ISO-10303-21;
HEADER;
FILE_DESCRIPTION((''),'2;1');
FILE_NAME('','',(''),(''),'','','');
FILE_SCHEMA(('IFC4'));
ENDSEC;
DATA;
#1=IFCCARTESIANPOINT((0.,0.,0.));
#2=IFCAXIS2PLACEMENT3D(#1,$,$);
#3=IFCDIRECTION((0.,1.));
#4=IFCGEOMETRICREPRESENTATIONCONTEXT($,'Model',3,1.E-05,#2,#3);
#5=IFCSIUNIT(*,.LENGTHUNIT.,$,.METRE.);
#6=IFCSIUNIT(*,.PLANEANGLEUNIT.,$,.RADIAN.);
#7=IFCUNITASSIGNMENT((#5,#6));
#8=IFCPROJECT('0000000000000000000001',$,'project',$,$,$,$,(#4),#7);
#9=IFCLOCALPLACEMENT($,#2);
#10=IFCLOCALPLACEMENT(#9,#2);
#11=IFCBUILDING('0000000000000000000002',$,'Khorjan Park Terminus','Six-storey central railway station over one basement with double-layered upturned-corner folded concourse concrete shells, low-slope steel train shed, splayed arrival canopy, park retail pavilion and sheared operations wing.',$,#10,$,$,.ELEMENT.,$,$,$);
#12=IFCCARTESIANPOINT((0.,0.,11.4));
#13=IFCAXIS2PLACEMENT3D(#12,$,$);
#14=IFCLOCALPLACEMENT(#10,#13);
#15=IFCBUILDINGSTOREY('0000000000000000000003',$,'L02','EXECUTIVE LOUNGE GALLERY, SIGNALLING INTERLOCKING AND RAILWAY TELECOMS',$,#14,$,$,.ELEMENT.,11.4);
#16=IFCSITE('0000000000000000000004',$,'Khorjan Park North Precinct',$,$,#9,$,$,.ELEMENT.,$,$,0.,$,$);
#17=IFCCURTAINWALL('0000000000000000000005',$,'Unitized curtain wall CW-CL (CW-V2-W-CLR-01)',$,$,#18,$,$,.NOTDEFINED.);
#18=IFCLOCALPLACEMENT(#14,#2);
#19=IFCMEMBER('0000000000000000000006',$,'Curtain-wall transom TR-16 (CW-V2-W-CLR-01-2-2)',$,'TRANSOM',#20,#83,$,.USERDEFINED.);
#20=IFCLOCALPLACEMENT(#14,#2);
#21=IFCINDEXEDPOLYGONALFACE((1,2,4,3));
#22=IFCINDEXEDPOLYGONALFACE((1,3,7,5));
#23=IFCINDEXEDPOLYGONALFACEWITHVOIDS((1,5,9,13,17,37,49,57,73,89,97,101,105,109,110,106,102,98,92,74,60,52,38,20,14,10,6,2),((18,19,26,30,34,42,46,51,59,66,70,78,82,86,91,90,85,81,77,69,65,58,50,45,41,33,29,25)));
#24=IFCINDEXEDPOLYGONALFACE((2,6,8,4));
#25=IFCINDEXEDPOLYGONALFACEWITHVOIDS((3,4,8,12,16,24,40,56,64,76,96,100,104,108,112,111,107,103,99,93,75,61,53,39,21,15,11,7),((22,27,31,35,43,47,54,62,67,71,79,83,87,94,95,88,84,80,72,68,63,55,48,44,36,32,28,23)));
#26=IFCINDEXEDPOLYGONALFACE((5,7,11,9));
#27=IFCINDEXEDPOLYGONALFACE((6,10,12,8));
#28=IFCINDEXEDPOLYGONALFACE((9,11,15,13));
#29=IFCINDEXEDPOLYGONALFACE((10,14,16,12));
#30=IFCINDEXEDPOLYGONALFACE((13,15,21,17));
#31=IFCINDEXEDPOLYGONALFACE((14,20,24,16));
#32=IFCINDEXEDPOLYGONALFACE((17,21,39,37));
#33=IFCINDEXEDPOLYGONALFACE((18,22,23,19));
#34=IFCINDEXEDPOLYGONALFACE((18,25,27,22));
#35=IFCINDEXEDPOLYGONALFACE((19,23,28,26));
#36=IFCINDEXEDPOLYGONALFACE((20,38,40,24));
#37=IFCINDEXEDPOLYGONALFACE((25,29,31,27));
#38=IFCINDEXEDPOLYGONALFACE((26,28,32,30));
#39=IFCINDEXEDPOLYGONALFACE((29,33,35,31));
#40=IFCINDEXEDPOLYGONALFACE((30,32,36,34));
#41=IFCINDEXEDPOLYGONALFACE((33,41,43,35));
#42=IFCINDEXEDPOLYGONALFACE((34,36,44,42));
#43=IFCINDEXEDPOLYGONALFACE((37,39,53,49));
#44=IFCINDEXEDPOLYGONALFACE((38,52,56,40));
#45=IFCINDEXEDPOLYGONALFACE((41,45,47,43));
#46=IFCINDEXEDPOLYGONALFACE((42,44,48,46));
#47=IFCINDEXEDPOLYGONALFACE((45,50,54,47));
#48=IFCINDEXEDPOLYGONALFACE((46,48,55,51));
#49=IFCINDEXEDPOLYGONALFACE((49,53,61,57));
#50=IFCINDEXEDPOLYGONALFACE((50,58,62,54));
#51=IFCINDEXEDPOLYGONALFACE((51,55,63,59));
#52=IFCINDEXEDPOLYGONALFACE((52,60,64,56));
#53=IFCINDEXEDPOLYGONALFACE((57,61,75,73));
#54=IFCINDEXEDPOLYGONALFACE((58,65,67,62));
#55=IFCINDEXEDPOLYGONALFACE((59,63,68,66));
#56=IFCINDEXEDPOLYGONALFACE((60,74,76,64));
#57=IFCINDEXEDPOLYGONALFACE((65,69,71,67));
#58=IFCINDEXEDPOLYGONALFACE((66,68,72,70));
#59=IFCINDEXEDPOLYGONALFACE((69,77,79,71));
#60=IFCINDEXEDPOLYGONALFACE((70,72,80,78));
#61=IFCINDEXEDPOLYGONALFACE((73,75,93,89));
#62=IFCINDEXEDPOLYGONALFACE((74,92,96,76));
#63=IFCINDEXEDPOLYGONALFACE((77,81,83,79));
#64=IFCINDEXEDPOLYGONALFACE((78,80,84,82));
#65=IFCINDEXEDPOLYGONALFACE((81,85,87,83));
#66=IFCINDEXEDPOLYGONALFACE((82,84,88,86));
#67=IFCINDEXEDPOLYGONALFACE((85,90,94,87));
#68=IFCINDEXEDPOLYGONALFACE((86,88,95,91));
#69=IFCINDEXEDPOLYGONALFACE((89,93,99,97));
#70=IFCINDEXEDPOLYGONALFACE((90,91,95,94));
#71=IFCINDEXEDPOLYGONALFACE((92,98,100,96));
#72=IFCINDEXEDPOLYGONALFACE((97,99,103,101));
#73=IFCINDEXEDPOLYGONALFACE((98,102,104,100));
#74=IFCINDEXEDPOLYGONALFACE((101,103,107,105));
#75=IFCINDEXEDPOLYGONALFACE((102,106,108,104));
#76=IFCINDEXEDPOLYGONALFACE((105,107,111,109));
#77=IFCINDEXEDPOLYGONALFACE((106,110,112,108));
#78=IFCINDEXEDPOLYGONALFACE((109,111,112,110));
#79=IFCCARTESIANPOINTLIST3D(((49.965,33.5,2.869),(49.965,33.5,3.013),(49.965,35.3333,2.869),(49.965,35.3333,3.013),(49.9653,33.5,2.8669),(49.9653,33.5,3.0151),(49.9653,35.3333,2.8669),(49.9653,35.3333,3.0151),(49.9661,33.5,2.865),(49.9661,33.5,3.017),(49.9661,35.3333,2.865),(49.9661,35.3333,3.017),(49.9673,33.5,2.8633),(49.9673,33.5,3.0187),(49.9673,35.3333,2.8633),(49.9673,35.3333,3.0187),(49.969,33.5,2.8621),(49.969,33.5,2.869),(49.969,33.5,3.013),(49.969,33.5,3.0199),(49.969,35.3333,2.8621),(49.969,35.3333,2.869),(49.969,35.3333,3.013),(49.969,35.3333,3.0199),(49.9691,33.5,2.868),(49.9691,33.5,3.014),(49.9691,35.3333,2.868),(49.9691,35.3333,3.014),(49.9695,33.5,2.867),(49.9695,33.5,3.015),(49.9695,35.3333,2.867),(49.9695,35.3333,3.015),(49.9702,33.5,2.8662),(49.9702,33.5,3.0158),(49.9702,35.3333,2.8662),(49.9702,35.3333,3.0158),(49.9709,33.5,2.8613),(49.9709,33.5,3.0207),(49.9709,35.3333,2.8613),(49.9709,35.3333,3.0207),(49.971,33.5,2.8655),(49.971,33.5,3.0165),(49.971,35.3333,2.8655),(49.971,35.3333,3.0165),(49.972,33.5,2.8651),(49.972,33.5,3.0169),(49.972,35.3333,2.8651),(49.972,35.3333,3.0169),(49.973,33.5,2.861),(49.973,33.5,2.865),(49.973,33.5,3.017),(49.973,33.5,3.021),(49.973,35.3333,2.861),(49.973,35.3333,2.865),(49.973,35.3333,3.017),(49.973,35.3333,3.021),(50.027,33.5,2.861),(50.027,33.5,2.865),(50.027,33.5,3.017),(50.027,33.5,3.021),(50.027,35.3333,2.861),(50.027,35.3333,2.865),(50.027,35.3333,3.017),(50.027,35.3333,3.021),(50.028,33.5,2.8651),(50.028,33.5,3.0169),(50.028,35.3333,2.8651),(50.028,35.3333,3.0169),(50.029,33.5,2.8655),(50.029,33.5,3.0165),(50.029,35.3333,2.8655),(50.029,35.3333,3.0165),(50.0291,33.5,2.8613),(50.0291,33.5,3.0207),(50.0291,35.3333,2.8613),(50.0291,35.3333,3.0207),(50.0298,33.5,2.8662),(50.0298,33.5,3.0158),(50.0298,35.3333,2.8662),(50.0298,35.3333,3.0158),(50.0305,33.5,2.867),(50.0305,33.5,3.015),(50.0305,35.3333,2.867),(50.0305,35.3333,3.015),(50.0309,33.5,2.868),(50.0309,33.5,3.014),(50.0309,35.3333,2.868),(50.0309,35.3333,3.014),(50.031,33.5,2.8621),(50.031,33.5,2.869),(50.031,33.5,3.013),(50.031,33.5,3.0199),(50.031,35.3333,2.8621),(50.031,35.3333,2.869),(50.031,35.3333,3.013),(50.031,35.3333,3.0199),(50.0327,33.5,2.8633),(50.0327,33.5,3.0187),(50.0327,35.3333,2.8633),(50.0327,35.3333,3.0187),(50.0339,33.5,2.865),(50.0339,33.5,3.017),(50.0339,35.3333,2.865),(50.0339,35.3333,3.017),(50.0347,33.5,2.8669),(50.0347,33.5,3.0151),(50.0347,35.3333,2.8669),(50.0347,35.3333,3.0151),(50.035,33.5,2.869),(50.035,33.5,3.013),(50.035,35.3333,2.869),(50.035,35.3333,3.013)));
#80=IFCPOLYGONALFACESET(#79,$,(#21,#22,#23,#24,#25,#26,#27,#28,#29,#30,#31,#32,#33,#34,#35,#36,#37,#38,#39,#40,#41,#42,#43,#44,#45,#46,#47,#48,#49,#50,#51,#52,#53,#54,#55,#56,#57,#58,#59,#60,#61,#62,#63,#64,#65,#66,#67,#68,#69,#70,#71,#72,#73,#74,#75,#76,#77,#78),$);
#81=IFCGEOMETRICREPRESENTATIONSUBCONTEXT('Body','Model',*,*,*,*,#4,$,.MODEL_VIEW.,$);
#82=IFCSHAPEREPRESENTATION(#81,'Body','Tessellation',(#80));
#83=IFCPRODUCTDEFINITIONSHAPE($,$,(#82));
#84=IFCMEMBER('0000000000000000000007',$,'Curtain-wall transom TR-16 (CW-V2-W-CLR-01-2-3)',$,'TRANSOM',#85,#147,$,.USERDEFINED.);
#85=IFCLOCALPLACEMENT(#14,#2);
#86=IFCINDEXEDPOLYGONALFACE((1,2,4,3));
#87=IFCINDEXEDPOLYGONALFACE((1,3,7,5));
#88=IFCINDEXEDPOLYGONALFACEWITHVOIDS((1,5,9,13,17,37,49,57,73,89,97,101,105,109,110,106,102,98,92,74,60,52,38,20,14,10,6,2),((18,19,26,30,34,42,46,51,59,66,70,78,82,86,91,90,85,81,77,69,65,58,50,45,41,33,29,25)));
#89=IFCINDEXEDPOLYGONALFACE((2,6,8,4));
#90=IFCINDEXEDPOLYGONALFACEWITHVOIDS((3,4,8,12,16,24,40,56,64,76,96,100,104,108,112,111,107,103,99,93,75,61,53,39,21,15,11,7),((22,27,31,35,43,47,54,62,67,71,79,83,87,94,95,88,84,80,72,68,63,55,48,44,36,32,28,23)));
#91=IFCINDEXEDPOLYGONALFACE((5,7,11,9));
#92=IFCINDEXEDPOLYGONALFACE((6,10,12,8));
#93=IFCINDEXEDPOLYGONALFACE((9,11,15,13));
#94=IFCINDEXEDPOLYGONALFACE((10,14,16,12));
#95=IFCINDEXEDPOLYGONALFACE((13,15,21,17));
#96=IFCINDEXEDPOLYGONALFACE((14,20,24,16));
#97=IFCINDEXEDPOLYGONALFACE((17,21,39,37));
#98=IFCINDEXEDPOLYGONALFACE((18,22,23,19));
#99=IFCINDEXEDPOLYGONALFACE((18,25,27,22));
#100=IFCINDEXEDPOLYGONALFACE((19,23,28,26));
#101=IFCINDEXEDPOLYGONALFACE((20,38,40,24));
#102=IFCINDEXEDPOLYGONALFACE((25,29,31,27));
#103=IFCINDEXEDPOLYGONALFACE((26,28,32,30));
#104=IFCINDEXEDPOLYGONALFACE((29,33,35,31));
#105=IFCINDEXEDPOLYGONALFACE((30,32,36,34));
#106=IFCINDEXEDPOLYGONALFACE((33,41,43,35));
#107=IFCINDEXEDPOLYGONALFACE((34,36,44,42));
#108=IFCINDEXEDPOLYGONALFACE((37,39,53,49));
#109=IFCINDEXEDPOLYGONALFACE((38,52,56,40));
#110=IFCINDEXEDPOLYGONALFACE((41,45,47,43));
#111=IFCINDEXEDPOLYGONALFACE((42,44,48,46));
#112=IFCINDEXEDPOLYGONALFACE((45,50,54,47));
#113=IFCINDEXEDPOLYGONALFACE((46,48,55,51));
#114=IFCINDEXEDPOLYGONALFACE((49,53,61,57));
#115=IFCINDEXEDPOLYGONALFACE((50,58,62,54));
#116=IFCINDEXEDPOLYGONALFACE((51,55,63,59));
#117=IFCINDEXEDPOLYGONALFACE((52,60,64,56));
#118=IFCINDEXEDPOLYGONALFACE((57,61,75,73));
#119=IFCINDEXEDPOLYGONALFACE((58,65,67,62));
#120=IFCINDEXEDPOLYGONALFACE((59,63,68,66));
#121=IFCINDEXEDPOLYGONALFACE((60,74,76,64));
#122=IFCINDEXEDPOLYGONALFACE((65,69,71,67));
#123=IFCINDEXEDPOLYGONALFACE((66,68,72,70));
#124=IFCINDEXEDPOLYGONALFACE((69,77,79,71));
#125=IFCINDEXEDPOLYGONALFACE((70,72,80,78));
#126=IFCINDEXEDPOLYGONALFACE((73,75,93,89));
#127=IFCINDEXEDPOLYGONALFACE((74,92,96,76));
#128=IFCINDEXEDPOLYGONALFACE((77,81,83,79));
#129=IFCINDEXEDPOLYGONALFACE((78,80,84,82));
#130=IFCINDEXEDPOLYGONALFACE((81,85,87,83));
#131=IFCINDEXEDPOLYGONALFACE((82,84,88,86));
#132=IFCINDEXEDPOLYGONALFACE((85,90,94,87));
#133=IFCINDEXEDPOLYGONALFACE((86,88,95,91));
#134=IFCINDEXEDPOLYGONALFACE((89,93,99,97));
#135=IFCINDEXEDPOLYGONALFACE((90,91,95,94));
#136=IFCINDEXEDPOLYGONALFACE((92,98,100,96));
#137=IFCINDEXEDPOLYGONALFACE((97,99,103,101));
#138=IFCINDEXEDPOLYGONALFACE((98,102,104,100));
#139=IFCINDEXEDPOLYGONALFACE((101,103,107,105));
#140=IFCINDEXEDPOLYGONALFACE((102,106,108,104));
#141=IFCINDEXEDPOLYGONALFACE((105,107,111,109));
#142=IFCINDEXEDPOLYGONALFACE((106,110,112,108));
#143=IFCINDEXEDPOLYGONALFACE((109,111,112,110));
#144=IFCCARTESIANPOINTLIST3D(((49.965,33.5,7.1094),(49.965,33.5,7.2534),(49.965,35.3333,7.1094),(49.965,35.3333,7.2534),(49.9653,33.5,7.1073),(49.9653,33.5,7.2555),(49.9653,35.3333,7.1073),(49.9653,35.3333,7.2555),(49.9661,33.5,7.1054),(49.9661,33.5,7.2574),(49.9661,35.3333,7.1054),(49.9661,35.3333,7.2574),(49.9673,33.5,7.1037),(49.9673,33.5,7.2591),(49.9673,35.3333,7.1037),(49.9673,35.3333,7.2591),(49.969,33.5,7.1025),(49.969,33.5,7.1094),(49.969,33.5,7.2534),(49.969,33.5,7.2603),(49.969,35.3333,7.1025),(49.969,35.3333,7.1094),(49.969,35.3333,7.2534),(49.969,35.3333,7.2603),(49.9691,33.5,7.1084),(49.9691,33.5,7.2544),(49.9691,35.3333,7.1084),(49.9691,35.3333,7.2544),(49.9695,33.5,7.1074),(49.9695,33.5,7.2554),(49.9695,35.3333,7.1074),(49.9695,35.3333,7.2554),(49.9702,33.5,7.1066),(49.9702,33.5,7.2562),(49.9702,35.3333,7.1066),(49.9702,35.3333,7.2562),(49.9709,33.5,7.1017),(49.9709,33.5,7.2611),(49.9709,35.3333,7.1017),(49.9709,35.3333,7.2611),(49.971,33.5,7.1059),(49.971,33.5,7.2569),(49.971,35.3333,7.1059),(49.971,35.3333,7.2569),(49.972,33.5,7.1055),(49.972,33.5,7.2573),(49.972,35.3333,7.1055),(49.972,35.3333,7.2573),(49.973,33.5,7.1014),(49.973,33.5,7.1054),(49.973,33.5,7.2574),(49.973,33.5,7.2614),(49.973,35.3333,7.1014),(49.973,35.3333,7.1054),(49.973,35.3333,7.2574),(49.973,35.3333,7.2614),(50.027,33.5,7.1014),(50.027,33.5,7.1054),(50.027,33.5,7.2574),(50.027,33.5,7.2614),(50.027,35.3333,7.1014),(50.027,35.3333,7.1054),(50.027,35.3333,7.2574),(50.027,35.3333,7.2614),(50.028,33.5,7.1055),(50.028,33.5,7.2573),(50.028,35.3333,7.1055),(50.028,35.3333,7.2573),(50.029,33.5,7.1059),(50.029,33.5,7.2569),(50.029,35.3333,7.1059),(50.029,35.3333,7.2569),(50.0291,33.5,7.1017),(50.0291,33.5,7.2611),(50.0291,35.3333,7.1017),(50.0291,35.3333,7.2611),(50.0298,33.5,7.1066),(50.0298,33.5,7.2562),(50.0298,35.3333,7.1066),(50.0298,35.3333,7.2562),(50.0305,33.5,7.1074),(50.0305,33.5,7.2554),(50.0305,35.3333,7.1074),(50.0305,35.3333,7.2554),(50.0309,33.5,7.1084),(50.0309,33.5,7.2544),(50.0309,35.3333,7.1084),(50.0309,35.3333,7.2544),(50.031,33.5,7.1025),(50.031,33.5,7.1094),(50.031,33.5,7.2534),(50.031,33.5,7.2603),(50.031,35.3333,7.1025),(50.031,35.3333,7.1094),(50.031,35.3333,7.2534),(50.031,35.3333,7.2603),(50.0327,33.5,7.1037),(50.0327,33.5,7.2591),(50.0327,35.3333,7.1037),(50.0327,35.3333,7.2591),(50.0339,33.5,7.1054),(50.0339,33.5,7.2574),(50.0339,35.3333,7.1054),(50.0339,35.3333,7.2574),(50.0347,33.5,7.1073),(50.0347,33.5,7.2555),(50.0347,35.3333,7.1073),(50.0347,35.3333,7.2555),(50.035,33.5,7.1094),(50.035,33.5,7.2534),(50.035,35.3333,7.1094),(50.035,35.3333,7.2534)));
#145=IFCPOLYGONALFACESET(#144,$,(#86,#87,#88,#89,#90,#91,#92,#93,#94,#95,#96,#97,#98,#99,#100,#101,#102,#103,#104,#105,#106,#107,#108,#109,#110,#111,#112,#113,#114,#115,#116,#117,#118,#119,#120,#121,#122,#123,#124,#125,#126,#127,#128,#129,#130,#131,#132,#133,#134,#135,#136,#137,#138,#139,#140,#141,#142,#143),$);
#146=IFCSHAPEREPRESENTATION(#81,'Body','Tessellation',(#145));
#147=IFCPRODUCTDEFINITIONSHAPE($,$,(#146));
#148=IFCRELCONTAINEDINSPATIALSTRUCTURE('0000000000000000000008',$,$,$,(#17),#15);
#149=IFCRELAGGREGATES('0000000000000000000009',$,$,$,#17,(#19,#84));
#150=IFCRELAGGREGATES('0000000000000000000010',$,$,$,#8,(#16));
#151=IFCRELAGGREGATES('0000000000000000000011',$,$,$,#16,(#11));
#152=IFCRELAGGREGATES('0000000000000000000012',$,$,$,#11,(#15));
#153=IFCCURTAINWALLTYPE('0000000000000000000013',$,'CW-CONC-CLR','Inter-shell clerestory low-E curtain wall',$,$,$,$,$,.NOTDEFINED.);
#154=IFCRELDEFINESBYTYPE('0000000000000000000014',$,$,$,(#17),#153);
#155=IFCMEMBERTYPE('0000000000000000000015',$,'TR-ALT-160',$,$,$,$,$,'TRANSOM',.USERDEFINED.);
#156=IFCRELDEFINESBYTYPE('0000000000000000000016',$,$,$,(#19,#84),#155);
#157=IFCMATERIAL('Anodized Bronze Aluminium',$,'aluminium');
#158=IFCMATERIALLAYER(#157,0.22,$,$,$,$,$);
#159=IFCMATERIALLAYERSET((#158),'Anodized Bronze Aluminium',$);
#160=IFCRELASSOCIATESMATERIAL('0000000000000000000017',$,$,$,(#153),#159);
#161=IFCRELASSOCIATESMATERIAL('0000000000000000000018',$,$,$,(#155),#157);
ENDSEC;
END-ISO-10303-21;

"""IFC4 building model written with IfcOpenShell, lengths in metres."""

from ifc_helpers import new_model, si_unit, direction, frame, origin, origin_2d, place, context, subcontext, project, spatial, hollow_rectangle, extrude, material, layer, layer_set, material_profile, profile_set, type_object, element, aggregate, save


model = new_model("IFC4")

# Units and contexts
model_context = context("Model", 3, precision=1e-05, world=origin(), true_north=direction((0.0, 1.0)))
body_context = subcontext(model_context, "Body", "Model", "MODEL_VIEW")
ifc_project = project(units=[si_unit("LENGTHUNIT", "METRE"), si_unit("PLANEANGLEUNIT", "RADIAN")], contexts=[model_context])

# Site, building, storey
site_placement = place(None, origin())
site = spatial("IfcSite", under=ifc_project, at=site_placement, Name="Khorjan Park North Precinct", CompositionType="ELEMENT", RefElevation=0.0)
building_placement = place(site_placement, origin())
building = spatial("IfcBuilding", under=site, at=building_placement, Name="Khorjan Park Terminus", Description="Six-storey central railway station over one basement with double-layered upturned-corner folded concourse concrete shells, low-slope steel train shed, splayed arrival canopy, park retail pavilion and sheared operations wing.", CompositionType="ELEMENT")
storey_placement = place(building_placement, frame((0.0, 0.0, 11.4)))
storey = spatial("IfcBuildingStorey", under=building, at=storey_placement, Name="L02", Description="EXECUTIVE LOUNGE GALLERY, SIGNALLING INTERLOCKING AND RAILWAY TELECOMS", CompositionType="ELEMENT", Elevation=11.4)

# Curtain wall, members
ifc_material_1 = material(Name="Anodized Bronze Aluminium", Category="aluminium")
ifc_layer_1 = layer(ifc_material_1, 0.22)
ifc_layer_set_1 = layer_set([ifc_layer_1], Name="Anodized Bronze Aluminium")
curtain_wall_type = type_object("IfcCurtainWallType", Name="CW-CONC-CLR", Description="Inter-shell clerestory low-E curtain wall", PredefinedType="NOTDEFINED", material=ifc_layer_set_1)
curtain_wall_1_placement = place(storey_placement, origin())
curtain_wall_1 = element("IfcCurtainWall", 1, at=curtain_wall_1_placement, inside=storey, type_object=curtain_wall_type, Name="Unitized curtain wall CW-CL (CW-V2-W-CLR-01)", PredefinedType="NOTDEFINED")
ifc_material_profile_1 = material_profile(ifc_material_1, hollow_rectangle(XDim=0.07, YDim=0.16, WallThickness=0.004, InnerFilletRadius=0.004, OuterFilletRadius=0.008, at=origin_2d()), Name="ALT 70x160x4")
ifc_profile_set_1 = profile_set([ifc_material_profile_1], Name="Anodized Bronze Aluminium")
member_type_1 = type_object("IfcMemberType", Name="TR-ALT-160", ElementType="TRANSOM", PredefinedType="USERDEFINED", material=ifc_profile_set_1)
member_1_placement = place(storey_placement, frame((50.0, 35.3333, 2.941), z_axis=(0.0, -1.0, 0.0), x_axis=(1.0, 0.0, 0.0)))
member_1 = element("IfcMember", 2, at=member_1_placement, type_object=member_type_1, Name="Curtain-wall transom TR-16 (CW-V2-W-CLR-01-2-2)", ObjectType="TRANSOM", PredefinedType="USERDEFINED", context=body_context, shape_type="SweptSolid", body=[
    extrude(hollow_rectangle(XDim=0.07, YDim=0.16, WallThickness=0.004, InnerFilletRadius=0.004, OuterFilletRadius=0.008, at=origin_2d()), origin(), (0.0, 0.0, 1.0), 1.8333),
])
member_2_placement = place(storey_placement, frame((50.0, 35.3333, 7.1814), z_axis=(0.0, -1.0, 0.0), x_axis=(1.0, 0.0, 0.0)))
member_2 = element("IfcMember", 3, at=member_2_placement, type_object=member_type_1, Name="Curtain-wall transom TR-16 (CW-V2-W-CLR-01-2-3)", ObjectType="TRANSOM", PredefinedType="USERDEFINED", context=body_context, shape_type="SweptSolid", body=[
    extrude(hollow_rectangle(XDim=0.07, YDim=0.16, WallThickness=0.004, InnerFilletRadius=0.004, OuterFilletRadius=0.008, at=origin_2d()), origin(), (0.0, 0.0, 1.0), 1.8333),
])

aggregate(curtain_wall_1, [member_1, member_2])

save(model, "model.ifc")
